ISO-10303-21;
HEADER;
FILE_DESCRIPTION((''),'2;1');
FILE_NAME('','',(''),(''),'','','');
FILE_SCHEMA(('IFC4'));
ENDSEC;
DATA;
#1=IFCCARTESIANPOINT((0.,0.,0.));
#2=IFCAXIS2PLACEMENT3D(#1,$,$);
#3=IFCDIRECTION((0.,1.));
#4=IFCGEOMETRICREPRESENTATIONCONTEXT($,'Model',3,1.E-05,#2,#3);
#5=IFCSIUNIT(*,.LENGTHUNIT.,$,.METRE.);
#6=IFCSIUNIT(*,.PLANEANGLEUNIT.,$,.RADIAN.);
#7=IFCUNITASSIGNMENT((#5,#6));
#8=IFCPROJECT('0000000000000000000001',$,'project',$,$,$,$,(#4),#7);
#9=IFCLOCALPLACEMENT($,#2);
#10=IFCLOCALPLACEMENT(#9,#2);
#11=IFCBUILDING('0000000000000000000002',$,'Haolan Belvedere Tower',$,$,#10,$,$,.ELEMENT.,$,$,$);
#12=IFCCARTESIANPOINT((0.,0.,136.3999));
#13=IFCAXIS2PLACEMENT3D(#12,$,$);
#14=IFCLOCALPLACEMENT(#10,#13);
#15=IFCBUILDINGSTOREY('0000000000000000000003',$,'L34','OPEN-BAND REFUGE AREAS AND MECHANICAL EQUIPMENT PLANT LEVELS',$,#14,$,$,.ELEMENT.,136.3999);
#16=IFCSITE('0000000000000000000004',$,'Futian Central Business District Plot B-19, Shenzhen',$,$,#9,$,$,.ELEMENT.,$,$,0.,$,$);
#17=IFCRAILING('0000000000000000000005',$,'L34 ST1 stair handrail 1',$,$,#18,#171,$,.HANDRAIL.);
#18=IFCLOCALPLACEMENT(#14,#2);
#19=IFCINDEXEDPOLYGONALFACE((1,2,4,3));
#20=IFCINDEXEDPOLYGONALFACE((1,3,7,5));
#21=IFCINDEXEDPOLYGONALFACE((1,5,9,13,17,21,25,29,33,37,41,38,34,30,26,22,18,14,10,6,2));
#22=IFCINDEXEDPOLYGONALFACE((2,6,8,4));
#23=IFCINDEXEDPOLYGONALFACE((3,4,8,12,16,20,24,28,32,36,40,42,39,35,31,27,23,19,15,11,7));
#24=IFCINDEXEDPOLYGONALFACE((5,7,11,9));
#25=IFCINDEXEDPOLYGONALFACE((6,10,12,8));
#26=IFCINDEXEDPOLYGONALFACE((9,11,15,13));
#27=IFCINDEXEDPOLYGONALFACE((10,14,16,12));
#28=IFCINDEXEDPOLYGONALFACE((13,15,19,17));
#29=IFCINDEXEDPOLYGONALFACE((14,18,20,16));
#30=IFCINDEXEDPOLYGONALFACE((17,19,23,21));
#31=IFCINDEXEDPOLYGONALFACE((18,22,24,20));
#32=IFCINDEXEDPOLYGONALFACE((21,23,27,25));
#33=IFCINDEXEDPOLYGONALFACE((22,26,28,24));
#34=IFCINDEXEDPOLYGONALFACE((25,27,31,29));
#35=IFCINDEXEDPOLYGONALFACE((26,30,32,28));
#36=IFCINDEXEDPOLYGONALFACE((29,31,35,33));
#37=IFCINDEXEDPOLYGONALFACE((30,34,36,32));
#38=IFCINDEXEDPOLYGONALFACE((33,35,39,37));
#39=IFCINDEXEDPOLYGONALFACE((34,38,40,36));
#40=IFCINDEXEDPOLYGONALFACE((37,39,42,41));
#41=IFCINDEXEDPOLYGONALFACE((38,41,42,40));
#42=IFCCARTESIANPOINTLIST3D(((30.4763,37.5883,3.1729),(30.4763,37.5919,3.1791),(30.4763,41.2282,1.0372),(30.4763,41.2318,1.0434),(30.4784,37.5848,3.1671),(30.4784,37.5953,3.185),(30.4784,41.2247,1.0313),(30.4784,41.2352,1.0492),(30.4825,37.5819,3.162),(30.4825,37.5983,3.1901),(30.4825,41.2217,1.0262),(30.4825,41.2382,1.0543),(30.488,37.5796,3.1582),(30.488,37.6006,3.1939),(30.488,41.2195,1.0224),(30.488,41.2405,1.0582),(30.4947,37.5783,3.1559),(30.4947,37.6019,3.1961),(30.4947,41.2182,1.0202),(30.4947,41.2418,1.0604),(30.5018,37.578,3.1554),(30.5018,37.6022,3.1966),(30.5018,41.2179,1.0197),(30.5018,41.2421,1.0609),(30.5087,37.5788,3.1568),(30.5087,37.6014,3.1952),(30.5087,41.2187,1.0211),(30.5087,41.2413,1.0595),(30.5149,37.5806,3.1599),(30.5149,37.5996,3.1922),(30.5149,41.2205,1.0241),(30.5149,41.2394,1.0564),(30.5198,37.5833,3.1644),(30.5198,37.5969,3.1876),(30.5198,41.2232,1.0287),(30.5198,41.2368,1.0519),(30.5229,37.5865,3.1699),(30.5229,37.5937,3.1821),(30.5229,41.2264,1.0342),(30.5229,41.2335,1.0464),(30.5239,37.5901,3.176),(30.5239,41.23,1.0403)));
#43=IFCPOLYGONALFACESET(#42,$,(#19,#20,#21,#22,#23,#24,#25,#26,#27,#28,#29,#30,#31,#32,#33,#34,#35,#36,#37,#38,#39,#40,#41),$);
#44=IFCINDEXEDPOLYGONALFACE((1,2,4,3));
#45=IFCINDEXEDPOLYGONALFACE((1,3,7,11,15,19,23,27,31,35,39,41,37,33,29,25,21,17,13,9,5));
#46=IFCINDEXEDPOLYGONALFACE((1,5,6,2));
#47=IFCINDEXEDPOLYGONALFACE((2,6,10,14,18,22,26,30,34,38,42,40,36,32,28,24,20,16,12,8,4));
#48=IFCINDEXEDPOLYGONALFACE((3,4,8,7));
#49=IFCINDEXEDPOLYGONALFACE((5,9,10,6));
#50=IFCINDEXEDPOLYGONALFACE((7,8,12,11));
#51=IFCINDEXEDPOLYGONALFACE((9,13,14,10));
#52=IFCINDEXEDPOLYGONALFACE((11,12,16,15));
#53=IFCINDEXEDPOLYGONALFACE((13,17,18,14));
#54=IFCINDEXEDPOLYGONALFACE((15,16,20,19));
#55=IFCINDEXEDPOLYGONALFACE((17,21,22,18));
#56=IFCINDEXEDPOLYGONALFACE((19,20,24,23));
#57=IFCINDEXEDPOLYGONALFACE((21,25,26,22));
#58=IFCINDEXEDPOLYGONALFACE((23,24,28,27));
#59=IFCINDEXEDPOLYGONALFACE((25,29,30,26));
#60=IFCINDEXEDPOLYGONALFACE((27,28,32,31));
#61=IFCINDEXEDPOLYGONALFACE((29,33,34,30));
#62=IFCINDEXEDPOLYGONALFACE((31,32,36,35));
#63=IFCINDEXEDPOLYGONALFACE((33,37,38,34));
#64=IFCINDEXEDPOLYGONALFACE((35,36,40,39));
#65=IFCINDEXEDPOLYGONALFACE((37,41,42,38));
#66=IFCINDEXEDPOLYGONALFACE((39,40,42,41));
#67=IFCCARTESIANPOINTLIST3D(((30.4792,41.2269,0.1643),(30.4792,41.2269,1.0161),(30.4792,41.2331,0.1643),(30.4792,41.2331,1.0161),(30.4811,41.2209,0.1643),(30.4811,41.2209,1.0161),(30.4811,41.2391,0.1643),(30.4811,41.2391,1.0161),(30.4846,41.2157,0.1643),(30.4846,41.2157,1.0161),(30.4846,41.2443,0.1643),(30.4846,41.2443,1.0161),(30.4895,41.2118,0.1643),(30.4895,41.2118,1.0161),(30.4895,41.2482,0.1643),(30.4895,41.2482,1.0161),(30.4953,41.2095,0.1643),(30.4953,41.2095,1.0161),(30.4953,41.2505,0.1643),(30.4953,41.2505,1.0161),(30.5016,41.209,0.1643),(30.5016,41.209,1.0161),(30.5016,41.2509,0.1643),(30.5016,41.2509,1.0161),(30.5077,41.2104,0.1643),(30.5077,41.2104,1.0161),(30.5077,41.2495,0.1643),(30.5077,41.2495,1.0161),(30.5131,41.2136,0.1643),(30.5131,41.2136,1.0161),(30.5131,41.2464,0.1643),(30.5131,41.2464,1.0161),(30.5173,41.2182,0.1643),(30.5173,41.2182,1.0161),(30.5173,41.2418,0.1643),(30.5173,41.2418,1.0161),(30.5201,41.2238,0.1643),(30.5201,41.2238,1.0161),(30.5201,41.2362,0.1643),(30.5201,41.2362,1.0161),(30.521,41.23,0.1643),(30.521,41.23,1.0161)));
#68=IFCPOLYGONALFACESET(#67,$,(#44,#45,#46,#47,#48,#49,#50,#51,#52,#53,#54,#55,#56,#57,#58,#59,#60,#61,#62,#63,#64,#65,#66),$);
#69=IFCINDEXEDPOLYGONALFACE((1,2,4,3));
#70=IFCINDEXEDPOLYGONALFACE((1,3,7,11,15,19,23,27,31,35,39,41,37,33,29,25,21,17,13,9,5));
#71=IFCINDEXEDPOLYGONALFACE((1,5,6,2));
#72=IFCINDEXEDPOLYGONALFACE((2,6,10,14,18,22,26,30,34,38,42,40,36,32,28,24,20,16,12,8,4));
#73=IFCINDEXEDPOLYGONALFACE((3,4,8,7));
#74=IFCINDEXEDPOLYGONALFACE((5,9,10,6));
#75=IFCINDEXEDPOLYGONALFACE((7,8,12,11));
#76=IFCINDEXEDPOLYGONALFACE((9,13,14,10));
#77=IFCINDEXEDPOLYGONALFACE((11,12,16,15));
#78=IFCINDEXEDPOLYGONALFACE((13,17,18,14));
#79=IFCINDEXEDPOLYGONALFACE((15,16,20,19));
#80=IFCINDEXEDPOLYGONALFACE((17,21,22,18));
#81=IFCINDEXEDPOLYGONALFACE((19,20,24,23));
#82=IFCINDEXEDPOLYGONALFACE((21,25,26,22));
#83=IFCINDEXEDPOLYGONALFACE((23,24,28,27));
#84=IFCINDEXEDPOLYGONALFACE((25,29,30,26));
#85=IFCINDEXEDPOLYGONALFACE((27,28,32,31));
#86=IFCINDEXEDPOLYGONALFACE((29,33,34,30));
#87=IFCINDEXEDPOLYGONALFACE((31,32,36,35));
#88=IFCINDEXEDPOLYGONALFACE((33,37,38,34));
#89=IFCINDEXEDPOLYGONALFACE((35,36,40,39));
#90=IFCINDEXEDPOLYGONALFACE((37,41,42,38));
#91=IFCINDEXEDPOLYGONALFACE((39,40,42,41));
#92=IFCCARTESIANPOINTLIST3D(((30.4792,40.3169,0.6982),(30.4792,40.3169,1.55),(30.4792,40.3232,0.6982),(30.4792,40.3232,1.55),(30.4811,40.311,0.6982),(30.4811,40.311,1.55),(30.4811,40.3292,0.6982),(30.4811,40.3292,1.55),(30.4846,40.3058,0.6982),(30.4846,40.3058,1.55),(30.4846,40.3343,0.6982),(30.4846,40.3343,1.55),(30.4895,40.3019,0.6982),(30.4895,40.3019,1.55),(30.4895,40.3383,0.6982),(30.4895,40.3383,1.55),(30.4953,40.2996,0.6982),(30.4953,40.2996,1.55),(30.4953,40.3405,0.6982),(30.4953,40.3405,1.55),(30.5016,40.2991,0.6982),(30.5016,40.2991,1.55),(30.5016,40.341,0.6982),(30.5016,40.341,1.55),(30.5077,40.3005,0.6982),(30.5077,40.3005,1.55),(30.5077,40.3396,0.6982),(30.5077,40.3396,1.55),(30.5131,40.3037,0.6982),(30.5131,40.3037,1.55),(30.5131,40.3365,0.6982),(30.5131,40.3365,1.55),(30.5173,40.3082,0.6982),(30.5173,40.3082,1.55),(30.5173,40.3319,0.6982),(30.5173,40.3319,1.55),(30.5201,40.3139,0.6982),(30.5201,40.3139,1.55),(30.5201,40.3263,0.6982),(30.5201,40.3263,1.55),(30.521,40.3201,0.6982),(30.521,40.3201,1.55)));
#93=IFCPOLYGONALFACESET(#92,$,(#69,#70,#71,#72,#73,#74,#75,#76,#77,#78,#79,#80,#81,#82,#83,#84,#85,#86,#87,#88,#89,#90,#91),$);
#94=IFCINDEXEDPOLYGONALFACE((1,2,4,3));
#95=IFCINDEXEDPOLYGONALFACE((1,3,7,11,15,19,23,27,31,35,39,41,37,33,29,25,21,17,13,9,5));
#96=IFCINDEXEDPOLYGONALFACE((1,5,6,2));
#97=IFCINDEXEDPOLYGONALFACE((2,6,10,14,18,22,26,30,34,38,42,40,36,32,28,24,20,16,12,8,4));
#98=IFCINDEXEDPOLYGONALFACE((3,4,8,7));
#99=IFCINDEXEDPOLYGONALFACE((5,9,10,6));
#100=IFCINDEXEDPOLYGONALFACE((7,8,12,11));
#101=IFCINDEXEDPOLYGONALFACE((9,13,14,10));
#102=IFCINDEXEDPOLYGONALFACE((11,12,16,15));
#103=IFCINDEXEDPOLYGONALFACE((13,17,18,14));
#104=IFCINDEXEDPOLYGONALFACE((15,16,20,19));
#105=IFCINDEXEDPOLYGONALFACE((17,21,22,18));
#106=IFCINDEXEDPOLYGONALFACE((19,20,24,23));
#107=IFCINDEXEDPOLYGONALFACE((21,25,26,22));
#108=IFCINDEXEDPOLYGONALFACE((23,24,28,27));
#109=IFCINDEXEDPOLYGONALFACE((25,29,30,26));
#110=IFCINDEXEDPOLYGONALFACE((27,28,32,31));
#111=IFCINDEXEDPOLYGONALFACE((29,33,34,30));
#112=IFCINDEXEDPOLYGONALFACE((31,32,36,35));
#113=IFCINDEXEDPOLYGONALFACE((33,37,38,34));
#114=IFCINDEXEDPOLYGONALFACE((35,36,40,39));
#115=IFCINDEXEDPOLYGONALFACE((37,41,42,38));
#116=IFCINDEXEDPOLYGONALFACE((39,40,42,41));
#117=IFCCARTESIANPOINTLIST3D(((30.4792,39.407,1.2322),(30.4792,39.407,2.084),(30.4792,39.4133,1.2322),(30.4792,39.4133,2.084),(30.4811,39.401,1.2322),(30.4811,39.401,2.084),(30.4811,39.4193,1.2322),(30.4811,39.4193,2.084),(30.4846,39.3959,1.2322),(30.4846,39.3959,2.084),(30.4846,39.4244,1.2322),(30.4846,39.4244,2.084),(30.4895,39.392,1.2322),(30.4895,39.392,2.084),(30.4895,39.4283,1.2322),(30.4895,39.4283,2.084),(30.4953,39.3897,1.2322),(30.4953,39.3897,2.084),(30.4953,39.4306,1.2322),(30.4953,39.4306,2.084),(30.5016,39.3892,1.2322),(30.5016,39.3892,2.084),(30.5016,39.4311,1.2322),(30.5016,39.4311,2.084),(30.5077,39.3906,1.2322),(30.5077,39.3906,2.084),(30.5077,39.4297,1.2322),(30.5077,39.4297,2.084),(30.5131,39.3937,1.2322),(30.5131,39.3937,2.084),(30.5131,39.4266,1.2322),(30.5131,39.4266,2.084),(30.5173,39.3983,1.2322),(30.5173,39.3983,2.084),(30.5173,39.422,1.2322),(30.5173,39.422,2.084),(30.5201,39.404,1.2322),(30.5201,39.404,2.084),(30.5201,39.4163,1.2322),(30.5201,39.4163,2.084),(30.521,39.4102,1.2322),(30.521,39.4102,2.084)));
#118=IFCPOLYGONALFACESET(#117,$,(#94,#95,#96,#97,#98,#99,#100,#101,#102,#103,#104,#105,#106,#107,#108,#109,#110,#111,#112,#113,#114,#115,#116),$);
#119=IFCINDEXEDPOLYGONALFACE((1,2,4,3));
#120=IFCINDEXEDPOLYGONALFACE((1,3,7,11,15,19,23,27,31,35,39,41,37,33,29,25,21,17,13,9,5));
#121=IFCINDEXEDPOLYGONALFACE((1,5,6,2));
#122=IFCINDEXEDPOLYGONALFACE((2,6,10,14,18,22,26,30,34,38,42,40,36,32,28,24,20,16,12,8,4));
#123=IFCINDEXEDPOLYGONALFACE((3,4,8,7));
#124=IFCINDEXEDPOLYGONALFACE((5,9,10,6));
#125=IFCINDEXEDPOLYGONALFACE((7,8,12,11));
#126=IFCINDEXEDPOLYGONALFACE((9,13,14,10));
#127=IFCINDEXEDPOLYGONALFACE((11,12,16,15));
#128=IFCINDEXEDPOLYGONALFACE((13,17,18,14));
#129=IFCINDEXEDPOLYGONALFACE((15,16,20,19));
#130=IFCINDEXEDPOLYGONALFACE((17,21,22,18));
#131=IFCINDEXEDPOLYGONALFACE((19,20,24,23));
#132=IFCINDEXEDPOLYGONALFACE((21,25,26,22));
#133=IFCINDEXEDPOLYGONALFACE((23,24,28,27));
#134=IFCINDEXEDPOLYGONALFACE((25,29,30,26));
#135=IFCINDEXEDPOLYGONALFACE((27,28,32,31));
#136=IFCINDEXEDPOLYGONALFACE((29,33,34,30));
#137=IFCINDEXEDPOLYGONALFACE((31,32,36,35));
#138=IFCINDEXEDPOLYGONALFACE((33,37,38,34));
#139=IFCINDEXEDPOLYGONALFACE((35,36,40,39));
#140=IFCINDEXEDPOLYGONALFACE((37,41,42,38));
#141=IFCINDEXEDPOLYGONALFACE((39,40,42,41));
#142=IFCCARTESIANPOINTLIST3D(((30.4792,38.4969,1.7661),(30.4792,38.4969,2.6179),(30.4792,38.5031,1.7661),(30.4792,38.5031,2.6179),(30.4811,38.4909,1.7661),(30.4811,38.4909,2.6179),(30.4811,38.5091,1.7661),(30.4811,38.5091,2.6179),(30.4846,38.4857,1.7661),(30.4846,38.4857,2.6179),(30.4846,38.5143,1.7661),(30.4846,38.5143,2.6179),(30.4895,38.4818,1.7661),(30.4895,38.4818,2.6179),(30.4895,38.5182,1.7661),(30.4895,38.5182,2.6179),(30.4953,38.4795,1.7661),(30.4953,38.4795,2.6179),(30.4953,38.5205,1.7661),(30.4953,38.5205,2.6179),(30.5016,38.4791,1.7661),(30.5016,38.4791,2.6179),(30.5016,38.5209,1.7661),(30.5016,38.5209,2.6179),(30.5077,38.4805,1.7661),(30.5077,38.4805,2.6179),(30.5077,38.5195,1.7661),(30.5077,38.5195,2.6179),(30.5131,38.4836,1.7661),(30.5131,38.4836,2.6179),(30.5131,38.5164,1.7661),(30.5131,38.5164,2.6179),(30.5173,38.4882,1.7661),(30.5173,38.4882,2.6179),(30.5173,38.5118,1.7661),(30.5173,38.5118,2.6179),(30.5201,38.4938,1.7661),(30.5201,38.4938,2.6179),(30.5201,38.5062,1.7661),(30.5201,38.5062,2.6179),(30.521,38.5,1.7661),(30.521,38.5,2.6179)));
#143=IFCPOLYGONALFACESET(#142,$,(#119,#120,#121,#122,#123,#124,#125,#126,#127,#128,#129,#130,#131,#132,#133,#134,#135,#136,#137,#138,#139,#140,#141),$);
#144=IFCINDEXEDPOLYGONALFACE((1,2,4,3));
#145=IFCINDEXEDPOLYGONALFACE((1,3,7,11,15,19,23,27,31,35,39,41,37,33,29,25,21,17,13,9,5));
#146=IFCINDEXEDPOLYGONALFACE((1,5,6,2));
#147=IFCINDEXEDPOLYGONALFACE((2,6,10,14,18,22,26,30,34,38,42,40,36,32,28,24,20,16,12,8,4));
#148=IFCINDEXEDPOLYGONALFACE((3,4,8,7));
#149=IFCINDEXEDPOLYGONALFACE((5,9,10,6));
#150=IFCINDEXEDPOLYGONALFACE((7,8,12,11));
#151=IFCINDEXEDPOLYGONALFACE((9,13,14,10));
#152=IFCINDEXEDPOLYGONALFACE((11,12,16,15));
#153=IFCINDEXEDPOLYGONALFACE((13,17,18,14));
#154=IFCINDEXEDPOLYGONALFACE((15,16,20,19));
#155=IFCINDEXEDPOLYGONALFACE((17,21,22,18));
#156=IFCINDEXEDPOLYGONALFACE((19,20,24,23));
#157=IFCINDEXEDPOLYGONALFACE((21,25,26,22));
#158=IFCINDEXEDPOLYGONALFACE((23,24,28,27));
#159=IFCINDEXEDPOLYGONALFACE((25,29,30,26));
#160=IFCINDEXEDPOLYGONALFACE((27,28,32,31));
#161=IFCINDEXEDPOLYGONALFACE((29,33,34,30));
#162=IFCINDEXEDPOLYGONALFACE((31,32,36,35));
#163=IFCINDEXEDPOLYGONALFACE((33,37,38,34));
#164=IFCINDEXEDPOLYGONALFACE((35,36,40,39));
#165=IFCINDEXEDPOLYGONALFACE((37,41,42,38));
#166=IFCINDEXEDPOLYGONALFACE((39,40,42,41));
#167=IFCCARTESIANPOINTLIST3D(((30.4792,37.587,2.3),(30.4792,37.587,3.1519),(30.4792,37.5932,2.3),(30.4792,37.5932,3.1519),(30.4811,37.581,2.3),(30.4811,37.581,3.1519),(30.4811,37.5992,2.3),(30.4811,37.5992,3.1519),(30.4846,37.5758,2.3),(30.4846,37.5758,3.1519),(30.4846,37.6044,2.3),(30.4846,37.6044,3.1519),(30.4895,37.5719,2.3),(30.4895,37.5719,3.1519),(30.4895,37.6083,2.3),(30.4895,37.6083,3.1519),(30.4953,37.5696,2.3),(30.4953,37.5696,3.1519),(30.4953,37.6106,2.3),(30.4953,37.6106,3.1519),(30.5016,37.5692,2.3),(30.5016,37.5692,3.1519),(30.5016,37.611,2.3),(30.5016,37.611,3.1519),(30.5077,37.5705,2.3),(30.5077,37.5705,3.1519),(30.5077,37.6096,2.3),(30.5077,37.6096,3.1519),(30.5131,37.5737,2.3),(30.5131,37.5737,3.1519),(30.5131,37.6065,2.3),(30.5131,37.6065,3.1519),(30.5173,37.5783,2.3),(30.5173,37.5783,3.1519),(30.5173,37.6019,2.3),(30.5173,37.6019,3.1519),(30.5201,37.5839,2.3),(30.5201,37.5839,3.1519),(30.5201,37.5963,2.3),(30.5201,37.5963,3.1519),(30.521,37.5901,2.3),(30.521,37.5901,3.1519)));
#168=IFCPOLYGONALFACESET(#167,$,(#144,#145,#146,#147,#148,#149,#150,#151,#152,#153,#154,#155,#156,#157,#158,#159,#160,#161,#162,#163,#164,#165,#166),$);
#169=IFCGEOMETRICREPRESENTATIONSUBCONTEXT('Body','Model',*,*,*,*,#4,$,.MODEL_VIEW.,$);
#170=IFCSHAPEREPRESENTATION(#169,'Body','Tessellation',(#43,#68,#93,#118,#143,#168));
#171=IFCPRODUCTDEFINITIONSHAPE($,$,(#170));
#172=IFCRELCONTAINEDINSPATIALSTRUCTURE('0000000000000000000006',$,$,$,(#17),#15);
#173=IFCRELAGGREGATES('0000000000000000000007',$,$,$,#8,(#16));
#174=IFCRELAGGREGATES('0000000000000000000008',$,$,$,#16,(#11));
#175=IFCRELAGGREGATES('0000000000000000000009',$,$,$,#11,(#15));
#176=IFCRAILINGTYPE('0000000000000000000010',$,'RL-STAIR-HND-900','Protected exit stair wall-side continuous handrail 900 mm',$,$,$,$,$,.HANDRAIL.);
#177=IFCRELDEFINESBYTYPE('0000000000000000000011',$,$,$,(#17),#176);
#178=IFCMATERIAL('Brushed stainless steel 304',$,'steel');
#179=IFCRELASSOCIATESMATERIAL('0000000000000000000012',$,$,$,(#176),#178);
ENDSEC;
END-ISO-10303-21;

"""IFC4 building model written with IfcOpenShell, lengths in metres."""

from ifc_helpers import new_model, si_unit, direction, frame, origin, origin_2d, place, context, subcontext, project, spatial, circle, extrude, material, type_object, element, save


model = new_model("IFC4")

# Units and contexts
model_context = context("Model", 3, precision=1e-05, world=origin(), true_north=direction((0.0, 1.0)))
body_context = subcontext(model_context, "Body", "Model", "MODEL_VIEW")
ifc_project = project(units=[si_unit("LENGTHUNIT", "METRE"), si_unit("PLANEANGLEUNIT", "RADIAN")], contexts=[model_context])

# Site, building, storey
site_placement = place(None, origin())
site = spatial("IfcSite", under=ifc_project, at=site_placement, Name="Futian Central Business District Plot B-19, Shenzhen", CompositionType="ELEMENT", RefElevation=0.0)
building_placement = place(site_placement, origin())
building = spatial("IfcBuilding", under=site, at=building_placement, Name="Haolan Belvedere Tower", CompositionType="ELEMENT")
storey_placement = place(building_placement, frame((0.0, 0.0, 136.3999)))
storey = spatial("IfcBuildingStorey", under=building, at=storey_placement, Name="L34", Description="OPEN-BAND REFUGE AREAS AND MECHANICAL EQUIPMENT PLANT LEVELS", CompositionType="ELEMENT", Elevation=136.3999)

# Railing
ifc_material_1 = material(Name="Brushed stainless steel 304", Category="steel")
railing_type_1 = type_object("IfcRailingType", Name="RL-STAIR-HND-900", Description="Protected exit stair wall-side continuous handrail 900 mm", PredefinedType="HANDRAIL", material=ifc_material_1)
railing_1_placement = place(storey_placement, frame((30.5, 41.23, 0.1643)))
element("IfcRailing", 1, at=railing_1_placement, inside=storey, type_object=railing_type_1, Name="L34 ST1 stair handrail 1", PredefinedType="HANDRAIL", context=body_context, shape_type="SweptSolid", body=[
    extrude(circle(Radius=0.0239, at=origin_2d()), frame((0.0, 0.0, 0.876), z_axis=(0.0, -0.86249, 0.506074), x_axis=(1.0, 0.0, 0.0)), (0.0, 0.0, 1.0), 4.2202),
    extrude(circle(Radius=0.021, at=origin_2d()), origin(), (0.0, 0.0, 1.0), 0.8518),
    extrude(circle(Radius=0.021, at=origin_2d()), frame((0.0, -0.9099, 0.5339)), (0.0, 0.0, 1.0), 0.8518),
    extrude(circle(Radius=0.021, at=origin_2d()), frame((0.0, -1.8198, 1.0679)), (0.0, 0.0, 1.0), 0.8518),
    extrude(circle(Radius=0.021, at=origin_2d()), frame((0.0, -2.73, 1.6018)), (0.0, 0.0, 1.0), 0.8518),
    extrude(circle(Radius=0.021, at=origin_2d()), frame((0.0, -3.6399, 2.1357)), (0.0, 0.0, 1.0), 0.8518),
])

save(model, "model.ifc")
